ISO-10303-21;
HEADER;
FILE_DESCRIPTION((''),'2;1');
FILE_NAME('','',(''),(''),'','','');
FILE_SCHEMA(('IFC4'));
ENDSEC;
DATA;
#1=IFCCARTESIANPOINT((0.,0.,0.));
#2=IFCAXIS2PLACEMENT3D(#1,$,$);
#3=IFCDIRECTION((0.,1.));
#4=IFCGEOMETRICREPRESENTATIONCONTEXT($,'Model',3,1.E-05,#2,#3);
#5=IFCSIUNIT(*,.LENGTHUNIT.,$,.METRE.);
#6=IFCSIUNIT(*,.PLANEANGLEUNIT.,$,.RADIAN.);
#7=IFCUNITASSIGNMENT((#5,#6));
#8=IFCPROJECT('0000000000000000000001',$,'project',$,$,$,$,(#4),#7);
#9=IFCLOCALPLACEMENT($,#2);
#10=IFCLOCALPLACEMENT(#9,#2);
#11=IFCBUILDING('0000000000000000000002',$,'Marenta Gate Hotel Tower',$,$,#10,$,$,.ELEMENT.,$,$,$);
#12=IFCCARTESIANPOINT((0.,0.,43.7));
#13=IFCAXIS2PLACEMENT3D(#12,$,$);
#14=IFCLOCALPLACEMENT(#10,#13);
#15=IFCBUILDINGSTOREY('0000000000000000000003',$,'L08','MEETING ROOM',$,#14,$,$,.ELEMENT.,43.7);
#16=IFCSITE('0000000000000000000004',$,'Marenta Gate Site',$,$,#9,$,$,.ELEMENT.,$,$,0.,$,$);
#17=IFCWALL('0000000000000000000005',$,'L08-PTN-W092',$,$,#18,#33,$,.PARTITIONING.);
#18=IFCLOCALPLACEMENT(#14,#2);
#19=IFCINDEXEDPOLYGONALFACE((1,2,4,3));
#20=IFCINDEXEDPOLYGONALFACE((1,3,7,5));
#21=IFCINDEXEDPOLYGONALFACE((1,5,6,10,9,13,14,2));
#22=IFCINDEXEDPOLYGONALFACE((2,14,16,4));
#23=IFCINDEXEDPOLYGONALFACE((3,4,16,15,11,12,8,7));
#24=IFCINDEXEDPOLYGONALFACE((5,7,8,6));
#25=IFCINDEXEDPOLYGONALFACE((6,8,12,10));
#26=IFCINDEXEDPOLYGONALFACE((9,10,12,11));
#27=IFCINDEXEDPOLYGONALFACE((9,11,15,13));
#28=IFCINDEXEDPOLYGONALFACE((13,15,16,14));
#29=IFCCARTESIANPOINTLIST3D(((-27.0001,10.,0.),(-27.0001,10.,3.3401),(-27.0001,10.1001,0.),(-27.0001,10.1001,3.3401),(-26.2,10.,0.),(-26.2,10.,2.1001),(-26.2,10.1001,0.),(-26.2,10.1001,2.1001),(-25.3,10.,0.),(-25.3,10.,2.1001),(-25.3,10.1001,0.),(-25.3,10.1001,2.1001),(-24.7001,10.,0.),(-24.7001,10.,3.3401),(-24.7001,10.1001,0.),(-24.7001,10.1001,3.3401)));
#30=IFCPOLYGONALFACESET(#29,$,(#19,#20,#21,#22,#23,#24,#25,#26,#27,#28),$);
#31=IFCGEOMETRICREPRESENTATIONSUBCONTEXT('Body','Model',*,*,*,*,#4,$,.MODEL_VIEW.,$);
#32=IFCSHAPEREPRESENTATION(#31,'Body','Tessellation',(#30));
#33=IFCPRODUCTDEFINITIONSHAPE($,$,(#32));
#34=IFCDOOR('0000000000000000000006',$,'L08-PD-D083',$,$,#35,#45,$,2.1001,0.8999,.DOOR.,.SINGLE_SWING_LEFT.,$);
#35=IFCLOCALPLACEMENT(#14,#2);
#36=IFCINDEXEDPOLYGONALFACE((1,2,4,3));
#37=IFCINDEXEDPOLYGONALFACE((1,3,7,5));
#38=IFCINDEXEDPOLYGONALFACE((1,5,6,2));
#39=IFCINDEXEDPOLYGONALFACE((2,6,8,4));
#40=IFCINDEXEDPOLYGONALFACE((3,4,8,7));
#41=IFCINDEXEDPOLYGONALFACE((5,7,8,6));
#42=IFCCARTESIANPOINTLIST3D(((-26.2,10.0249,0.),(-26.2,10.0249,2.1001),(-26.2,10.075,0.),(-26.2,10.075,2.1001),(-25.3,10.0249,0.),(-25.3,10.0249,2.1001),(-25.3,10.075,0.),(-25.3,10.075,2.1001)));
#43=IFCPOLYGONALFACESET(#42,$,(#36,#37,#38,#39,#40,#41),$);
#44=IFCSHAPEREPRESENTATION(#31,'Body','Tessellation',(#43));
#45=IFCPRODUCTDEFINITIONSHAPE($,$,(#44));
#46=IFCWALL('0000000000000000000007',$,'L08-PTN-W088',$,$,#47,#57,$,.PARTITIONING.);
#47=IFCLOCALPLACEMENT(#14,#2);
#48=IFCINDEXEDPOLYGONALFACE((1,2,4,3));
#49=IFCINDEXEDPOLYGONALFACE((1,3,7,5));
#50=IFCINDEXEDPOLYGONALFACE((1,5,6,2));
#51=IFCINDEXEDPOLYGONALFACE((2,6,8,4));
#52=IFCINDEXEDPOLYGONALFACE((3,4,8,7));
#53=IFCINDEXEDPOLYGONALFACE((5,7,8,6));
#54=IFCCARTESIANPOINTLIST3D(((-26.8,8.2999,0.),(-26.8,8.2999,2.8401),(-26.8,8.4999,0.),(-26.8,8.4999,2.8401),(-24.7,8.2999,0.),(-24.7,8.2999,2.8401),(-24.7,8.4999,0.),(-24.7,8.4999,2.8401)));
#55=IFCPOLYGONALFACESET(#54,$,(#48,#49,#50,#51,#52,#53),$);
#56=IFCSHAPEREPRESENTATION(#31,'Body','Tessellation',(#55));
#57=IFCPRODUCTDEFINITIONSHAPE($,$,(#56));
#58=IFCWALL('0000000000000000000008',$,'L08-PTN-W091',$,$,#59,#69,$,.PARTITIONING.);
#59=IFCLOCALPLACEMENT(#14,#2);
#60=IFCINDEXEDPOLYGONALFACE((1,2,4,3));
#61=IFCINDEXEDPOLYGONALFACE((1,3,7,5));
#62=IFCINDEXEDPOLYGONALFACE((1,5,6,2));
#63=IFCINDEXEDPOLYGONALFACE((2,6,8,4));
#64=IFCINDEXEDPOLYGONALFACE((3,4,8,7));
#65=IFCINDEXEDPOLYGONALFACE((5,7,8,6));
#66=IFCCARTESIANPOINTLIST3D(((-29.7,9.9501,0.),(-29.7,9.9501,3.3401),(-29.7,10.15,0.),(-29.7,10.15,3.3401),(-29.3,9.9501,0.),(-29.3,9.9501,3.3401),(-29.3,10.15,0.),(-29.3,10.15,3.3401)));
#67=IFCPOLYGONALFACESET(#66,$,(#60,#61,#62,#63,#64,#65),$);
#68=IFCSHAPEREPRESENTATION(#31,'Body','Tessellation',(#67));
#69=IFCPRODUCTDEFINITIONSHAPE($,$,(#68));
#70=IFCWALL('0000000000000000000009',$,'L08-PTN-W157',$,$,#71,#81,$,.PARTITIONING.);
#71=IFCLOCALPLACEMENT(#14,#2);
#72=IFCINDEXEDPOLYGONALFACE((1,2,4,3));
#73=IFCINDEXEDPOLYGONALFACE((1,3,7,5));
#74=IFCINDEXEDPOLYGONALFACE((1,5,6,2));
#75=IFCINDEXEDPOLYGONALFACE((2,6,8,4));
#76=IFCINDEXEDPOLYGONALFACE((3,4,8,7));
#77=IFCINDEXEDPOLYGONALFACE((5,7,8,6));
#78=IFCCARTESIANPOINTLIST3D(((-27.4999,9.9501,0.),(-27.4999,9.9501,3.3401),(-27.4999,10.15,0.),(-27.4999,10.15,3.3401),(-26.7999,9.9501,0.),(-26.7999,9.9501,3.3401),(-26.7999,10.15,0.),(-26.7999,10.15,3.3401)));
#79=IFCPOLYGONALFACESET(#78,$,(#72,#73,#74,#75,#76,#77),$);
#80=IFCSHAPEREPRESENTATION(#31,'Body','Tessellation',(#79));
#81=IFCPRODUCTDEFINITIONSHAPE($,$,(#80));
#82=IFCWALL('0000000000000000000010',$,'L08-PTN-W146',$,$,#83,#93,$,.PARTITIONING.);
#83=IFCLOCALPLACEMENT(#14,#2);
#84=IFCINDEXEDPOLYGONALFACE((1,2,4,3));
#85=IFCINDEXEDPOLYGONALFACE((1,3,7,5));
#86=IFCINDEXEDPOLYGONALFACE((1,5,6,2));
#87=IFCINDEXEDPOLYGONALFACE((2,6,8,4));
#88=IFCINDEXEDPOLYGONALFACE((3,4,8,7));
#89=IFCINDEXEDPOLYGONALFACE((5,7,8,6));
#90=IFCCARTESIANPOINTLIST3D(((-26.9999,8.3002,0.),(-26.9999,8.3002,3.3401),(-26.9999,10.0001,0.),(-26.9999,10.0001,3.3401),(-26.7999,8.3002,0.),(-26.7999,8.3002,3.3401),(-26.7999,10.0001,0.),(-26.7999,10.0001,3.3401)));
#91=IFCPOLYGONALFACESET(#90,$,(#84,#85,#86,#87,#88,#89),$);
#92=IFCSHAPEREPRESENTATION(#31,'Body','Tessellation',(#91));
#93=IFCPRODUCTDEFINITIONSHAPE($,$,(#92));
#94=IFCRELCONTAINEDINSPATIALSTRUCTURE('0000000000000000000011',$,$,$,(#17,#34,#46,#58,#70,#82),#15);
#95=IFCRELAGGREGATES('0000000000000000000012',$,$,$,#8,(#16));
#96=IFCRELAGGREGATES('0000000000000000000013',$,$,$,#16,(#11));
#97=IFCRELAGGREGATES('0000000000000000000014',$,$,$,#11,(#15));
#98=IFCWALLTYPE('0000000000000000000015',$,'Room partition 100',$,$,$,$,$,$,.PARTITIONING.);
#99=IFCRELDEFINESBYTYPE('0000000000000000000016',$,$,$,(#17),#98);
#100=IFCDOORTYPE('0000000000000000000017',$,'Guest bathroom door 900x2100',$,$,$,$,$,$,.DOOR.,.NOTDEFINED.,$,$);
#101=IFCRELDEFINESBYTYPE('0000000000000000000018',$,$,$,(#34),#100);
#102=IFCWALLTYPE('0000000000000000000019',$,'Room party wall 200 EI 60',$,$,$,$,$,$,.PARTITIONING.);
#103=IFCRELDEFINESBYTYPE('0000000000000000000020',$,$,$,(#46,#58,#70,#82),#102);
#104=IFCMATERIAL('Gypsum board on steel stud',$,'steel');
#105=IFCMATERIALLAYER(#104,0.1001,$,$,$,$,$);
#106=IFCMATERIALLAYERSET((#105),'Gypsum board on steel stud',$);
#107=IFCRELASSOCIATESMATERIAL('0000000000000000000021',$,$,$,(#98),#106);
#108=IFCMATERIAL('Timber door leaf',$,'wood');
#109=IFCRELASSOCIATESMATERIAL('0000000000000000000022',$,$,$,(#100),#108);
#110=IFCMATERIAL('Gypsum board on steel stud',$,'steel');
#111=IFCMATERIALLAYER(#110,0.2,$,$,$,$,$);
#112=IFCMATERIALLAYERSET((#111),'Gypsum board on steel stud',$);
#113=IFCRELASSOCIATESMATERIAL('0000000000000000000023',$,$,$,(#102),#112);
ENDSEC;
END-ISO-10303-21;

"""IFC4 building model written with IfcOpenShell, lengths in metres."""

from ifc_helpers import new_model, si_unit, direction, frame, frame_2d, origin, place, context, subcontext, project, spatial, rectangle, extrude, material, layer, layer_set, type_object, element, fill, save


model = new_model("IFC4")

# Units and contexts
model_context = context("Model", 3, precision=1e-05, world=origin(), true_north=direction((0.0, 1.0)))
body_context = subcontext(model_context, "Body", "Model", "MODEL_VIEW")
ifc_project = project(units=[si_unit("LENGTHUNIT", "METRE"), si_unit("PLANEANGLEUNIT", "RADIAN")], contexts=[model_context])

# Site, building, storey
site_placement = place(None, origin())
site = spatial("IfcSite", under=ifc_project, at=site_placement, Name="Marenta Gate Site", CompositionType="ELEMENT", RefElevation=0.0)
building_placement = place(site_placement, origin())
building = spatial("IfcBuilding", under=site, at=building_placement, Name="Marenta Gate Hotel Tower", CompositionType="ELEMENT")
storey_placement = place(building_placement, frame((0.0, 0.0, 43.7)))
storey = spatial("IfcBuildingStorey", under=building, at=storey_placement, Name="L08", Description="MEETING ROOM", CompositionType="ELEMENT", Elevation=43.7)

# Wall, opening, door
ifc_material_1 = material(Name="Gypsum board on steel stud", Category="steel")
ifc_layer_1 = layer(ifc_material_1, 0.1001)
ifc_layer_set_1 = layer_set([ifc_layer_1], Name="Gypsum board on steel stud")
wall_type_1 = type_object("IfcWallType", Name="Room partition 100", PredefinedType="PARTITIONING", material=ifc_layer_set_1)
wall_1_placement = place(storey_placement, frame((-27.0, 10.05, 0.0), z_axis=(0.0, 0.0, 1.0), x_axis=(1.0, 0.0, 0.0)))
wall_1 = element("IfcWall", 1, at=wall_1_placement, inside=storey, type_object=wall_type_1, Name="L08-PTN-W092", PredefinedType="PARTITIONING", context=body_context, shape_type="SweptSolid", body=[
    extrude(rectangle(XDim=2.3, YDim=0.1001, at=frame_2d((1.1499, 0.0))), origin(), (0.0, 0.0, 1.0), 3.3401),
])
opening_1_placement = place(wall_1_placement, frame((0.8, 0.0, 0.0)))
opening_1 = element("IfcOpeningElement", 2, at=opening_1_placement, cuts=wall_1, PredefinedType="OPENING", context=body_context, shape_type="SweptSolid", body=[
    extrude(rectangle(XDim=0.8999, YDim=2.1001, at=frame_2d((0.45, 1.05))), frame((0.0, 0.05, 0.0), z_axis=(0.0, -1.0, 0.0), x_axis=(1.0, 0.0, 0.0)), (0.0, 0.0, 1.0), 0.1001),
])
ifc_material_2 = material(Name="Timber door leaf", Category="wood")
door_type_1 = type_object("IfcDoorType", Name="Guest bathroom door 900x2100", OperationType="NOTDEFINED", PredefinedType="DOOR", material=ifc_material_2)
door_1_placement = place(opening_1_placement, origin())
door_1 = element("IfcDoor", 3, at=door_1_placement, inside=storey, type_object=door_type_1, Name="L08-PD-D083", OperationType="SINGLE_SWING_LEFT", OverallHeight=2.1001, OverallWidth=0.8999, PredefinedType="DOOR", context=body_context, shape_type="SweptSolid", body=[
    extrude(rectangle(XDim=0.8999, YDim=2.1001, at=frame_2d((0.45, 1.05))), frame((0.0, 0.0249, 0.0), z_axis=(0.0, -1.0, 0.0), x_axis=(1.0, 0.0, 0.0)), (0.0, 0.0, 1.0), 0.05),
])
fill(opening_1, door_1)

# Walls
ifc_material_3 = material(Name="Gypsum board on steel stud", Category="steel")
ifc_layer_2 = layer(ifc_material_3, 0.2)
ifc_layer_set_2 = layer_set([ifc_layer_2], Name="Gypsum board on steel stud")
wall_type_2 = type_object("IfcWallType", Name="Room party wall 200 EI 60", PredefinedType="PARTITIONING", material=ifc_layer_set_2)
wall_2_placement = place(storey_placement, frame((-26.8, 8.3999, 0.0), z_axis=(0.0, 0.0, 1.0), x_axis=(1.0, 0.0, 0.0)))
element("IfcWall", 4, at=wall_2_placement, inside=storey, type_object=wall_type_2, Name="L08-PTN-W088", PredefinedType="PARTITIONING", context=body_context, shape_type="SweptSolid", body=[
    extrude(rectangle(XDim=2.1001, YDim=0.2, at=frame_2d((1.05, 0.0))), origin(), (0.0, 0.0, 1.0), 2.8401),
])
wall_3_placement = place(storey_placement, frame((-29.7, 10.05, 0.0), z_axis=(0.0, 0.0, 1.0), x_axis=(1.0, 0.0, 0.0)))
element("IfcWall", 5, at=wall_3_placement, inside=storey, type_object=wall_type_2, Name="L08-PTN-W091", PredefinedType="PARTITIONING", context=body_context, shape_type="SweptSolid", body=[
    extrude(rectangle(XDim=0.3999, YDim=0.2, at=frame_2d((0.2, 0.0))), origin(), (0.0, 0.0, 1.0), 3.3401),
])
wall_4_placement = place(storey_placement, frame((-27.5, 10.05, 0.0), z_axis=(0.0, 0.0, 1.0), x_axis=(1.0, 0.0, 0.0)))
element("IfcWall", 6, at=wall_4_placement, inside=storey, type_object=wall_type_2, Name="L08-PTN-W157", PredefinedType="PARTITIONING", context=body_context, shape_type="SweptSolid", body=[
    extrude(rectangle(XDim=0.7, YDim=0.2, at=frame_2d((0.3501, 0.0))), origin(), (0.0, 0.0, 1.0), 3.3401),
])
wall_5_placement = place(storey_placement, frame((-26.8999, 8.3, 0.0), z_axis=(0.0, 0.0, 1.0), x_axis=(0.0, 1.0, 0.0)))
element("IfcWall", 7, at=wall_5_placement, inside=storey, type_object=wall_type_2, Name="L08-PTN-W146", PredefinedType="PARTITIONING", context=body_context, shape_type="SweptSolid", body=[
    extrude(rectangle(XDim=1.7, YDim=0.2, at=frame_2d((0.8501, 0.0))), origin(), (0.0, 0.0, 1.0), 3.3401),
])

save(model, "model.ifc")
